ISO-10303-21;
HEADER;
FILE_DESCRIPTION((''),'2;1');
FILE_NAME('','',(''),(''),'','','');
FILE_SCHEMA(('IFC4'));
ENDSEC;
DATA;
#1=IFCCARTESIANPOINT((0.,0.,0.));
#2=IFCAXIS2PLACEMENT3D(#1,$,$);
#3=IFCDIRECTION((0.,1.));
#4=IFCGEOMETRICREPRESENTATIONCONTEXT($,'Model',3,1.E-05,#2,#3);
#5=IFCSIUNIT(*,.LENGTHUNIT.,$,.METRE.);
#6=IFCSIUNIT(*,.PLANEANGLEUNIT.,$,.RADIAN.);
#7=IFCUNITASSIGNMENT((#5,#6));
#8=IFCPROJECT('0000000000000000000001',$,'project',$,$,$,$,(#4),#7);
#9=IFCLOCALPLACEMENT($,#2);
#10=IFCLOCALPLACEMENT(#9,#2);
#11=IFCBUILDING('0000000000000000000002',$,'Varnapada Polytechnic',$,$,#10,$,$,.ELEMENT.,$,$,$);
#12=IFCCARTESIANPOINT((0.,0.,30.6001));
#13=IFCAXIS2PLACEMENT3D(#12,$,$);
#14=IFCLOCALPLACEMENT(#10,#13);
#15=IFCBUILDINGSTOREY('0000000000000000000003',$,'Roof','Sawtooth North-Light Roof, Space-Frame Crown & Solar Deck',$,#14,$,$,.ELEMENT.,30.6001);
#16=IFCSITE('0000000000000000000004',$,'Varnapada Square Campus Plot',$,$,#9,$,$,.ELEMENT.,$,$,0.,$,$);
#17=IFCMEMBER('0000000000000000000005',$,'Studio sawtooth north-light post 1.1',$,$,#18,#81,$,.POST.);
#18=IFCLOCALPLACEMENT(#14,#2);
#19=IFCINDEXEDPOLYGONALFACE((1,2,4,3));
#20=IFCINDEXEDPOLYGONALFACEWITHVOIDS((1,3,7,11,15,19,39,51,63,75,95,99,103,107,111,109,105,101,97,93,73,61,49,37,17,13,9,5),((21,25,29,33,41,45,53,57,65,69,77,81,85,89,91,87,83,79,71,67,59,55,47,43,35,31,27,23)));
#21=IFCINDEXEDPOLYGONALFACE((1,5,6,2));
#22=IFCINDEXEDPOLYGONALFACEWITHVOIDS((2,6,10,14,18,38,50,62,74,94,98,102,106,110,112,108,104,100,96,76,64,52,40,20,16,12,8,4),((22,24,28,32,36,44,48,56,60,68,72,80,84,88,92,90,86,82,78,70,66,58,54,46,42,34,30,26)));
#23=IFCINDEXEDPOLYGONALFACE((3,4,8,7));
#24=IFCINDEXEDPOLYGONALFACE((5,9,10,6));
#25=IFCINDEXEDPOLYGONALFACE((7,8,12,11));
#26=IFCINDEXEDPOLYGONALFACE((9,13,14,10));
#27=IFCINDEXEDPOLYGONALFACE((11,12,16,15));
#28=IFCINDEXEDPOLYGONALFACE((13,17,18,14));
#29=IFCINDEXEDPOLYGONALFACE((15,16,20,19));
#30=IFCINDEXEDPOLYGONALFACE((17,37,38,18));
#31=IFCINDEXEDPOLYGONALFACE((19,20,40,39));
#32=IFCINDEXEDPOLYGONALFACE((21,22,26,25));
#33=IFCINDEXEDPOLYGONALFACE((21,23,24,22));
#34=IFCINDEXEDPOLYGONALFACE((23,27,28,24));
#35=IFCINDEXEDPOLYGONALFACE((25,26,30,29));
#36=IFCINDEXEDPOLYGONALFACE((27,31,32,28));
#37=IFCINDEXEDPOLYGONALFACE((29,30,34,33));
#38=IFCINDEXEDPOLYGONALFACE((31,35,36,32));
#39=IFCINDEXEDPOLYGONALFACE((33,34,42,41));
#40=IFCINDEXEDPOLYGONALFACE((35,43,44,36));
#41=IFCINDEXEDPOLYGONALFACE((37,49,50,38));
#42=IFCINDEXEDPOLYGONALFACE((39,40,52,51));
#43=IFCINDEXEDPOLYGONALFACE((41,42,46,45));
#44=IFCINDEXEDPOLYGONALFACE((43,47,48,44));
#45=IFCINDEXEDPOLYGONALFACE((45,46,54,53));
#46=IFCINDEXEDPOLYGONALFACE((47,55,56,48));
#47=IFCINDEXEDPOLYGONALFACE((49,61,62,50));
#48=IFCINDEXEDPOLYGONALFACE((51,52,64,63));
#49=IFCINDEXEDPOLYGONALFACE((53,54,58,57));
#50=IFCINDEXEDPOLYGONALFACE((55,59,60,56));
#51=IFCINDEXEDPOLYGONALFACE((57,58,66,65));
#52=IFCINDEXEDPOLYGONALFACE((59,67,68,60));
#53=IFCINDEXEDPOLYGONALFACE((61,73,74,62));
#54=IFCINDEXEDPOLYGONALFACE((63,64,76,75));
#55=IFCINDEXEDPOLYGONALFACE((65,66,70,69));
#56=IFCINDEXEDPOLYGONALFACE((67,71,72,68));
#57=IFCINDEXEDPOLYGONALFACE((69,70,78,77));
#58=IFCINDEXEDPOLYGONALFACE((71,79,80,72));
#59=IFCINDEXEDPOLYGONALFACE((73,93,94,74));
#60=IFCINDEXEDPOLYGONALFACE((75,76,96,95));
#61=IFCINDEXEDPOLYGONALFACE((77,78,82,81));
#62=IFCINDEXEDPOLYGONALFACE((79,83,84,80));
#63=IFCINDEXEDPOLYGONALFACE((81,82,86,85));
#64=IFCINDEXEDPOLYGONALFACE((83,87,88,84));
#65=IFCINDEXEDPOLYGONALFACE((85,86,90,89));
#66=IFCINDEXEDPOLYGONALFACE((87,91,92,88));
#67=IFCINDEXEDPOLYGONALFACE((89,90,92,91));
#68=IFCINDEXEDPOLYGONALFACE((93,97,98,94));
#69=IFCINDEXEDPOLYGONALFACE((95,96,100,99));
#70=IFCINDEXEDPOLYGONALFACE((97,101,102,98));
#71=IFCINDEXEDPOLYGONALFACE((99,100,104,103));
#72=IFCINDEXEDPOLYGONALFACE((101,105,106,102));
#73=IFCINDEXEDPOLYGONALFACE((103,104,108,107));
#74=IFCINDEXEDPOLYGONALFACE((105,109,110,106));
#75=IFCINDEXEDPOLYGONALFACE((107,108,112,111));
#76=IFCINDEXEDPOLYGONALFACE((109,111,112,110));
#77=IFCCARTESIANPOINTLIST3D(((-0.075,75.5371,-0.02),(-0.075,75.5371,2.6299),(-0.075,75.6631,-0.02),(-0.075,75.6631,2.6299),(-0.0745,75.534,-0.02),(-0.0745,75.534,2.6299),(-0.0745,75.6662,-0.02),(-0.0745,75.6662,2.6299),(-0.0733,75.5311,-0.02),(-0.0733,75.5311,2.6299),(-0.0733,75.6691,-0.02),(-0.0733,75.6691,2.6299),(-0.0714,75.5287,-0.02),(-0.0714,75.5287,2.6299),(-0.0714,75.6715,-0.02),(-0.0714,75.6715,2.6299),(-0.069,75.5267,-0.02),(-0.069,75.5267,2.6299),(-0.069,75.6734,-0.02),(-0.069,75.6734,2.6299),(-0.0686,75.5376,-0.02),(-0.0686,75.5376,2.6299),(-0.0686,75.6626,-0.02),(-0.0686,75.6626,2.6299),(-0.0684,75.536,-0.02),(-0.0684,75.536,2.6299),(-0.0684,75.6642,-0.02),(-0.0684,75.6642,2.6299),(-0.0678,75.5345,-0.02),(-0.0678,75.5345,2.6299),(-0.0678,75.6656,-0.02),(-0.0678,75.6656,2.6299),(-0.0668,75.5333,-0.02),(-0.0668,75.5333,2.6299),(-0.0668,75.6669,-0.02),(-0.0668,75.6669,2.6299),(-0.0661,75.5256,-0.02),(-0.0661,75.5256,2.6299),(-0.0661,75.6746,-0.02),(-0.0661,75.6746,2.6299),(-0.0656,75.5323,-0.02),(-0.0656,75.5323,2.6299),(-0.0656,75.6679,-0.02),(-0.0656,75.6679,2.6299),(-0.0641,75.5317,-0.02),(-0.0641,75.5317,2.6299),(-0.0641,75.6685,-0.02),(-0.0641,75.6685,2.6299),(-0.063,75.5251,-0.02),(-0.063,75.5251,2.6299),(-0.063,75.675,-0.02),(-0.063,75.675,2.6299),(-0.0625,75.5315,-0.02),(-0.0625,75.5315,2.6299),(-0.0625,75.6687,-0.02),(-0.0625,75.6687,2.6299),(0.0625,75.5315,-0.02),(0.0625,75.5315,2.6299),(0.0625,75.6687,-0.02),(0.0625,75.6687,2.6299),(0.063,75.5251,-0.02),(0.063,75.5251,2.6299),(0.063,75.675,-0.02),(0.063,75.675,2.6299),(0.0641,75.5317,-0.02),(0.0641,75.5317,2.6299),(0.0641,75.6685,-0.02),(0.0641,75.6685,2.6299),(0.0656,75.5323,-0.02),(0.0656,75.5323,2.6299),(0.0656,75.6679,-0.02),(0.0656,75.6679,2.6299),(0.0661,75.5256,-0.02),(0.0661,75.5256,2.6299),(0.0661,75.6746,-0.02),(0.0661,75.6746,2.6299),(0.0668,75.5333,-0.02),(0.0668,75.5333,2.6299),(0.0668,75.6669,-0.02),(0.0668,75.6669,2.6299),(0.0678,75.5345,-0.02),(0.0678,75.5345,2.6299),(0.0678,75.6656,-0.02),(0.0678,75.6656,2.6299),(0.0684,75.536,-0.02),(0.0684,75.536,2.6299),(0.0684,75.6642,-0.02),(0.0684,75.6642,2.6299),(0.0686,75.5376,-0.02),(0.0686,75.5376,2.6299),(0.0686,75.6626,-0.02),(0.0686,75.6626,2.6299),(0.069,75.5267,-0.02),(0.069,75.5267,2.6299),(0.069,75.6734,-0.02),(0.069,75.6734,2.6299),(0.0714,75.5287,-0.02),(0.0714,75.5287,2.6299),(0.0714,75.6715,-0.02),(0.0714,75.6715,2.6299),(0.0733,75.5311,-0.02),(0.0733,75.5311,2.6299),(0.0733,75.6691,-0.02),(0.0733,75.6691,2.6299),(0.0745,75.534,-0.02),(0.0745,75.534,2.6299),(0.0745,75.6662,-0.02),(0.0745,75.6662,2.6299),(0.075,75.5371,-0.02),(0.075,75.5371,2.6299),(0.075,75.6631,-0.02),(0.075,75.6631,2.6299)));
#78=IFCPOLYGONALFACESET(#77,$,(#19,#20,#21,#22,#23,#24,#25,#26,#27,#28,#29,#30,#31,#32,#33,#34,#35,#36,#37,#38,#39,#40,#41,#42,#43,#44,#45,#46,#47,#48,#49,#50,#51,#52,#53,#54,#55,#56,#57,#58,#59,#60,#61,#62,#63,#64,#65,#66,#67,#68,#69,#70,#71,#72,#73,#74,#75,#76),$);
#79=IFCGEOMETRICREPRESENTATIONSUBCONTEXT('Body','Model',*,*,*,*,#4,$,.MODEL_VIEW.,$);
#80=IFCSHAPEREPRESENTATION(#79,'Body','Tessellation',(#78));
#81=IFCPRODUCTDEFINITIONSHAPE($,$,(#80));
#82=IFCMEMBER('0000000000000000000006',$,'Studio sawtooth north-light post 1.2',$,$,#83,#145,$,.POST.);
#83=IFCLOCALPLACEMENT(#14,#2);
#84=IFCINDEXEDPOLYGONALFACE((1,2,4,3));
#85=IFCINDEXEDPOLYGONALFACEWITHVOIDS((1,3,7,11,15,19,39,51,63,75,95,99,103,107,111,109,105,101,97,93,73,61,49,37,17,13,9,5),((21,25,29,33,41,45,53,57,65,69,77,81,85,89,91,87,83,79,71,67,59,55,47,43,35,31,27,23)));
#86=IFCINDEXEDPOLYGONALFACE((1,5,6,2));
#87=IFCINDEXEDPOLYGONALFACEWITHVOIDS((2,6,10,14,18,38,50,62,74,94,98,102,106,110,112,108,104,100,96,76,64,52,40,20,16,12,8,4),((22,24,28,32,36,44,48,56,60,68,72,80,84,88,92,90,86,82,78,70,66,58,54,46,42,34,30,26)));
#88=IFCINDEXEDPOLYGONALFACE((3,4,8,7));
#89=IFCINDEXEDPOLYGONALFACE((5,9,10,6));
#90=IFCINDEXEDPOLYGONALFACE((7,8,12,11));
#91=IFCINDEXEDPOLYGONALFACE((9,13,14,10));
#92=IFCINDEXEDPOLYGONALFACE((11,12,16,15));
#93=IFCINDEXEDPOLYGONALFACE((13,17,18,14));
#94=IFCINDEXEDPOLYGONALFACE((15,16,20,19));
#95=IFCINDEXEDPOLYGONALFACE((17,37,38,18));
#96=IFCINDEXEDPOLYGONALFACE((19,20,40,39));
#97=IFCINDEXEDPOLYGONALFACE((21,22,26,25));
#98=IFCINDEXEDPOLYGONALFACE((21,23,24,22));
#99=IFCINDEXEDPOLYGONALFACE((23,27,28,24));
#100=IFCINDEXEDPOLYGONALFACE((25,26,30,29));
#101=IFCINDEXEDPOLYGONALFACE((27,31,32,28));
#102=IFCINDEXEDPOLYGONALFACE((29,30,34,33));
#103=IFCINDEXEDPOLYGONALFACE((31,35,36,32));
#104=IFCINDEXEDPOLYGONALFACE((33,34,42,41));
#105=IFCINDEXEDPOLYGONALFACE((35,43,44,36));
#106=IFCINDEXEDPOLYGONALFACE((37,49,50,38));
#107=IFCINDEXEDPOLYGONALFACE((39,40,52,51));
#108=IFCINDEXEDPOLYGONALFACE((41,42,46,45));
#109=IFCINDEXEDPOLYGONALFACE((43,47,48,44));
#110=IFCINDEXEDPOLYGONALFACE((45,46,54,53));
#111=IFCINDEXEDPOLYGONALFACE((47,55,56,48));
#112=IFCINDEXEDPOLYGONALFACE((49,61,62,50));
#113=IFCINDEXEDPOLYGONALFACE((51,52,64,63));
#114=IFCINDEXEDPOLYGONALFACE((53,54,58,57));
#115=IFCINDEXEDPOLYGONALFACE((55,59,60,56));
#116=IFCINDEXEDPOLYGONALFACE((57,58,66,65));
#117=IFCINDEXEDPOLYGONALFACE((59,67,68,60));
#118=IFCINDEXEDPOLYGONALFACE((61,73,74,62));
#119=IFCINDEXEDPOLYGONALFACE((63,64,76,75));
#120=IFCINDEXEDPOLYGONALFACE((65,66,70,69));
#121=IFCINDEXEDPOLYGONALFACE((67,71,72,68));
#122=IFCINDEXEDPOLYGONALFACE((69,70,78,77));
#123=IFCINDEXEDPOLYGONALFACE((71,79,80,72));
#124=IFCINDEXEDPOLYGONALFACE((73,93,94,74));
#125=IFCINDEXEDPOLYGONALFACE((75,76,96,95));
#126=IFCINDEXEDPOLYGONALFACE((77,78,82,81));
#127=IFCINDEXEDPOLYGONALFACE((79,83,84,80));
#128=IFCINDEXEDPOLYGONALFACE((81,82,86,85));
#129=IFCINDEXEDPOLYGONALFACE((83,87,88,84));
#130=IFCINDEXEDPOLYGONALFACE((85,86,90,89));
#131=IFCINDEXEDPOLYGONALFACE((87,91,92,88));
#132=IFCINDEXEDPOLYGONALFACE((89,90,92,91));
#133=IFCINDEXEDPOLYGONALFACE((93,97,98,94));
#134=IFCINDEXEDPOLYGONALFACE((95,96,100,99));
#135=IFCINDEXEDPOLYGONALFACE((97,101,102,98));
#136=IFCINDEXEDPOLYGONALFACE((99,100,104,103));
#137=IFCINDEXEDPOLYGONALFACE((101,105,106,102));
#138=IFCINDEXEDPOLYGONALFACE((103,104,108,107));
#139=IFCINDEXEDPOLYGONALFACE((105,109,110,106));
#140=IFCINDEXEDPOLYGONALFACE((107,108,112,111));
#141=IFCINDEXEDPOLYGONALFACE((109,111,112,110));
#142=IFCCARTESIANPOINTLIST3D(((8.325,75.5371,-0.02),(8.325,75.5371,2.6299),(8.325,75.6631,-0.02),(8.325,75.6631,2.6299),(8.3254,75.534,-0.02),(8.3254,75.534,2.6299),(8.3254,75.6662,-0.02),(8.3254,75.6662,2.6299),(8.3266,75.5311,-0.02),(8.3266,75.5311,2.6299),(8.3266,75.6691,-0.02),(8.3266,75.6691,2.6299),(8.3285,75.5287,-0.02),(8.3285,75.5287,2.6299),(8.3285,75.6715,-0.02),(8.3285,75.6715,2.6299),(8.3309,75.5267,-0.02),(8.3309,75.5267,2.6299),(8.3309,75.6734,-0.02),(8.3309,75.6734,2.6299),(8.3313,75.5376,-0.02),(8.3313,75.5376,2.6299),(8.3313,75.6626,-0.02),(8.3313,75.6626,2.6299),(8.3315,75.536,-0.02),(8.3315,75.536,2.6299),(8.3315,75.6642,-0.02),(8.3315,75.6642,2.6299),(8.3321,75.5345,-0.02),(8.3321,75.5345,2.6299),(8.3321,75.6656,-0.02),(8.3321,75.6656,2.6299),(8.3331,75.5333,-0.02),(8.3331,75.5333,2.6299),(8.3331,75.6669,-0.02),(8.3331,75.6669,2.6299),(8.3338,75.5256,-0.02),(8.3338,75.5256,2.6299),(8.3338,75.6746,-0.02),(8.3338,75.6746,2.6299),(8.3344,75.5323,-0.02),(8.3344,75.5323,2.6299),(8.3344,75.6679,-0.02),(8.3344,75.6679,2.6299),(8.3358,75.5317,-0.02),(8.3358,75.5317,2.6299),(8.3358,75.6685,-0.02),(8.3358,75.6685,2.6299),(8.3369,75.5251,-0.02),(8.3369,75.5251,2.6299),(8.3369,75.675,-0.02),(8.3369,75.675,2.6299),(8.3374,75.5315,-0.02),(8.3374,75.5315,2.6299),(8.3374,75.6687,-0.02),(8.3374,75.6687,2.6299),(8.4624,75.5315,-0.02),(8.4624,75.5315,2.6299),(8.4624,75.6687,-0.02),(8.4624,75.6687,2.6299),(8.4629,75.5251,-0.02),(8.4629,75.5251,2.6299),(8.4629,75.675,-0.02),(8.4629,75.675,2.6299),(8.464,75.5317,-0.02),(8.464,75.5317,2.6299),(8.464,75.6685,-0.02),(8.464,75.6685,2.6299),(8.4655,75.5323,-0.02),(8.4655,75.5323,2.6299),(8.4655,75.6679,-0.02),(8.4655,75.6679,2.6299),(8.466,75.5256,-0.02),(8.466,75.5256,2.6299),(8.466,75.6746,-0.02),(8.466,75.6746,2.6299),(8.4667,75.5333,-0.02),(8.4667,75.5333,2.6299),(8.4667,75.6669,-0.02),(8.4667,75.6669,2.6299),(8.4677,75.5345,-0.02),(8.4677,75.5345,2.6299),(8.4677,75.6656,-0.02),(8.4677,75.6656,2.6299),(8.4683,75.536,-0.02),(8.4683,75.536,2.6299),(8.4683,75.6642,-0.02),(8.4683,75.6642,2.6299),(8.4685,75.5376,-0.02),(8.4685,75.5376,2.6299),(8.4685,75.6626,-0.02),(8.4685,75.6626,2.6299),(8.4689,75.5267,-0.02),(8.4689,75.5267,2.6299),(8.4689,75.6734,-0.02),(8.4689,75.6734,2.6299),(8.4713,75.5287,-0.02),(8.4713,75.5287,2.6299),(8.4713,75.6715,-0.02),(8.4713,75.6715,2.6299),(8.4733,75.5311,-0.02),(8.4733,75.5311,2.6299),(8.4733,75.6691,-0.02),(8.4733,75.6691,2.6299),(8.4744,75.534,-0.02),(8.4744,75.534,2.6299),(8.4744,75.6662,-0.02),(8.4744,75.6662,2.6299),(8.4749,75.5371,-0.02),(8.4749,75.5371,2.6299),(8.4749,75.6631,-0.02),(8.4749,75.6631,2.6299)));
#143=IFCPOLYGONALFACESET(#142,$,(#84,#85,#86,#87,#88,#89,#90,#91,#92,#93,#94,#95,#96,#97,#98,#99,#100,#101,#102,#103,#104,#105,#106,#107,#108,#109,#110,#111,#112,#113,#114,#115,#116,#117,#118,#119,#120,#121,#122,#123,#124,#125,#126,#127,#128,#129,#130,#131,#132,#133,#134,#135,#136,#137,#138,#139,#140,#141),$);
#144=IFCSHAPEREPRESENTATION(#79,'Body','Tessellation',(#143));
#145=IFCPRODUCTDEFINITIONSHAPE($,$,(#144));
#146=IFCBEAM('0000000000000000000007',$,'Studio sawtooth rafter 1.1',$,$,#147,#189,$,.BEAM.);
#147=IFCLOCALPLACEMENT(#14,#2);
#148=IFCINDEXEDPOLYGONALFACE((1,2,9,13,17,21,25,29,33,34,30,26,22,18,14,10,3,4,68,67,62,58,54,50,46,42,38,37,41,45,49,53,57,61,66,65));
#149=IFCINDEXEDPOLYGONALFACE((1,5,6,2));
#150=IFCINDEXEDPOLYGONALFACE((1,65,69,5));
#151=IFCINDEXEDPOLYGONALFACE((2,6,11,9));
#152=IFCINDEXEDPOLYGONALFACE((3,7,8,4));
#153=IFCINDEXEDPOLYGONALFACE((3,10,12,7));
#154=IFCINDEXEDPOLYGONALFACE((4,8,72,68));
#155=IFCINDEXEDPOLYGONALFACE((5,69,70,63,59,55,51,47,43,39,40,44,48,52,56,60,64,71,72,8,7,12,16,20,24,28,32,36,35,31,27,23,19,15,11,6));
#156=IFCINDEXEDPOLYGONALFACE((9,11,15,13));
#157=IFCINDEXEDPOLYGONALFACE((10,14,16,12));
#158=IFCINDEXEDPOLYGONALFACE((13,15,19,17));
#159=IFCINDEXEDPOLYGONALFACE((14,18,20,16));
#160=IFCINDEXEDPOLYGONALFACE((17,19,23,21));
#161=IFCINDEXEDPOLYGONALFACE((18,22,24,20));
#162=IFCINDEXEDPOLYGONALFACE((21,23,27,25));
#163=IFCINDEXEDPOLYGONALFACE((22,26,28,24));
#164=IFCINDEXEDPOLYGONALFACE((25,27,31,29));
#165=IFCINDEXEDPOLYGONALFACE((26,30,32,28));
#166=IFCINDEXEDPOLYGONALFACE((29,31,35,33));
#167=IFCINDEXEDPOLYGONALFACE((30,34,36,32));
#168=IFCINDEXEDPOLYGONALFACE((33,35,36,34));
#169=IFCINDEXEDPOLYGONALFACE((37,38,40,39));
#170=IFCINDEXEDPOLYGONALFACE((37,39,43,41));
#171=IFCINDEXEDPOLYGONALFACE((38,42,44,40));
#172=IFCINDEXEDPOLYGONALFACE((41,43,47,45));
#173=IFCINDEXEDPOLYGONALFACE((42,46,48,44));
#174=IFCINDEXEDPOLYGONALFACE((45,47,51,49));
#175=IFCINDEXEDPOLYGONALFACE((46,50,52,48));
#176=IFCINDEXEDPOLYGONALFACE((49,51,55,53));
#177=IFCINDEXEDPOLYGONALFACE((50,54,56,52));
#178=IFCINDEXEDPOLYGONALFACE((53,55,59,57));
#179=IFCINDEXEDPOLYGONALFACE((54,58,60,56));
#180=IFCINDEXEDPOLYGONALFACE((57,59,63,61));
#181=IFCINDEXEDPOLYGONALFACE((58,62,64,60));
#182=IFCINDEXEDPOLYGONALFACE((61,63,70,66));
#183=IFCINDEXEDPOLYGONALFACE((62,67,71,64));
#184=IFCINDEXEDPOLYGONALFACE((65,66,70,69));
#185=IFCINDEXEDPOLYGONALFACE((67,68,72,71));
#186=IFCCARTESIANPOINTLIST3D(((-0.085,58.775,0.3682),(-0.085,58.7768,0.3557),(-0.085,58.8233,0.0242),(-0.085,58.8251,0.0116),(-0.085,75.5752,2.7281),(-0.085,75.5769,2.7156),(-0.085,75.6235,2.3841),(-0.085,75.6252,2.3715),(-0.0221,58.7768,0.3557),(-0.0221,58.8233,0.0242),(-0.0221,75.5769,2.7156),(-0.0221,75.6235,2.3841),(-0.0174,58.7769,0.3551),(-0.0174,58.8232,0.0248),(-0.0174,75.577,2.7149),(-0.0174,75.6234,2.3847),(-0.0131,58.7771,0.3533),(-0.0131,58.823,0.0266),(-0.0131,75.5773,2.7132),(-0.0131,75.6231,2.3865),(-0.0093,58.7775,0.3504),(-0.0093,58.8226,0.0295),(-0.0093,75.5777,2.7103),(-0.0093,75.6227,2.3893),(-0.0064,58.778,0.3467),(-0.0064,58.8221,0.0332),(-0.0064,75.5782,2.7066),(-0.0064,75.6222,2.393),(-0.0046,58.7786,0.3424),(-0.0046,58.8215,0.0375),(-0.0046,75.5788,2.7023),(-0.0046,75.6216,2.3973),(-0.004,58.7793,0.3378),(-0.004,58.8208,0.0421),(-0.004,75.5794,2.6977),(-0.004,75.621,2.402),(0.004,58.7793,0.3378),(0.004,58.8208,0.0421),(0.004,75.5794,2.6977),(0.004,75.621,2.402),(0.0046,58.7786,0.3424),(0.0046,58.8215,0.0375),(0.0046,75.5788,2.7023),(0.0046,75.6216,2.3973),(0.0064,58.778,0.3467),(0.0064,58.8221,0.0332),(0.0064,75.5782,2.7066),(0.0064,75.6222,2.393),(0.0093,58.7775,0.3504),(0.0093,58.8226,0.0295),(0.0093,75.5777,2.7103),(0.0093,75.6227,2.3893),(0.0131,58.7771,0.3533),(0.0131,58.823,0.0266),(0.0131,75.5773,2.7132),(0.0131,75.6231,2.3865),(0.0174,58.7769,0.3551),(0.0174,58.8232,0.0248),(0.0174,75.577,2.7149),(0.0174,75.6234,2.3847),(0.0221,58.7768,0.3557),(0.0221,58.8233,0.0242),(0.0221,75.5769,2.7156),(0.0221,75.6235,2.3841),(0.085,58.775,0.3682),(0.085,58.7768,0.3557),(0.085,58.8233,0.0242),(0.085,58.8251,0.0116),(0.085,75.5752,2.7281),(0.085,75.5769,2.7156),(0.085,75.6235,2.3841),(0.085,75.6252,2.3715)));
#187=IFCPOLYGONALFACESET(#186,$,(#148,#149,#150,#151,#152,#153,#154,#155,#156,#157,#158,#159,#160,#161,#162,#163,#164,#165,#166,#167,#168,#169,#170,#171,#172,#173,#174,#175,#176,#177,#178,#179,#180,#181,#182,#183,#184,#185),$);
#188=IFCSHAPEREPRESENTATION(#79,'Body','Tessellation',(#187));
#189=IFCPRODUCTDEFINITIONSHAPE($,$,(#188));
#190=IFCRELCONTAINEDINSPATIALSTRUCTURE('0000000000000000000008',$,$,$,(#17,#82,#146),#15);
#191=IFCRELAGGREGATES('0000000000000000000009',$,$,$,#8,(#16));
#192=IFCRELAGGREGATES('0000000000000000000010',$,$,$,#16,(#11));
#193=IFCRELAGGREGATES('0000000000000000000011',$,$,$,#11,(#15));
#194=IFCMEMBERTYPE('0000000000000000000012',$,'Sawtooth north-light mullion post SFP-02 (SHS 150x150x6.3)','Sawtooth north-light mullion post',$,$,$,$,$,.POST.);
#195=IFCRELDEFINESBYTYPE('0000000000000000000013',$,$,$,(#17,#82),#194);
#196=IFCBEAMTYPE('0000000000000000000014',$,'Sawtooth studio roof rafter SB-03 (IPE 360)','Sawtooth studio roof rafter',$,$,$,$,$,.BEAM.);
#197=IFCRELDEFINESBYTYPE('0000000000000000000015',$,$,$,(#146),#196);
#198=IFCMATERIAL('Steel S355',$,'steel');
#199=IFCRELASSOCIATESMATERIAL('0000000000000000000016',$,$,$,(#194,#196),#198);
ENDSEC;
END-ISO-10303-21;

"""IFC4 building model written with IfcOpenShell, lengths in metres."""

from ifc_helpers import new_model, si_unit, direction, frame, origin, origin_2d, place, context, subcontext, project, spatial, hollow_rectangle, i_section, extrude, material, material_profile, profile_set, type_object, element, save


model = new_model("IFC4")

# Units and contexts
model_context = context("Model", 3, precision=1e-05, world=origin(), true_north=direction((0.0, 1.0)))
body_context = subcontext(model_context, "Body", "Model", "MODEL_VIEW")
ifc_project = project(units=[si_unit("LENGTHUNIT", "METRE"), si_unit("PLANEANGLEUNIT", "RADIAN")], contexts=[model_context])

# Site, building, storey
site_placement = place(None, origin())
site = spatial("IfcSite", under=ifc_project, at=site_placement, Name="Varnapada Square Campus Plot", CompositionType="ELEMENT", RefElevation=0.0)
building_placement = place(site_placement, origin())
building = spatial("IfcBuilding", under=site, at=building_placement, Name="Varnapada Polytechnic", CompositionType="ELEMENT")
storey_placement = place(building_placement, frame((0.0, 0.0, 30.6001)))
storey = spatial("IfcBuildingStorey", under=building, at=storey_placement, Name="Roof", Description="Sawtooth North-Light Roof, Space-Frame Crown & Solar Deck", CompositionType="ELEMENT", Elevation=30.6001)

# Members
ifc_material_1 = material(Name="Steel S355", Category="steel")
ifc_material_profile_1 = material_profile(ifc_material_1, hollow_rectangle(XDim=0.1499, YDim=0.1499, WallThickness=0.0063, InnerFilletRadius=0.0061, OuterFilletRadius=0.012, at=origin_2d()), Name="SHS 150x150x6.3")
ifc_profile_set_1 = profile_set([ifc_material_profile_1], Name="Steel S355")
member_type = type_object("IfcMemberType", Name="Sawtooth north-light mullion post SFP-02 (SHS 150x150x6.3)", Description="Sawtooth north-light mullion post", PredefinedType="POST", material=ifc_profile_set_1)
for number, where, z_axis, x_axis, name in (
    (1, (0.0, 75.6001, -0.02), (0.0, 0.0, 1.0), (1.0, 0.0, 0.0), "Studio sawtooth north-light post 1.1"),
    (2, (8.3999, 75.6001, -0.02), (0.0, 0.0, 1.0), (1.0, 0.0, 0.0), "Studio sawtooth north-light post 1.2"),
):
    element("IfcMember", number, at=place(storey_placement, frame(where, z_axis=z_axis, x_axis=x_axis)), inside=storey, type_object=member_type, Name=name, PredefinedType="POST", context=body_context, shape_type="SweptSolid", body=[
        extrude(hollow_rectangle(XDim=0.1499, YDim=0.1499, WallThickness=0.0063, InnerFilletRadius=0.0061, OuterFilletRadius=0.012, at=origin_2d()), origin(), (0.0, 0.0, 1.0), 2.6499),
    ])

# Beam
ifc_material_profile_2 = material_profile(ifc_material_1, i_section(OverallWidth=0.1699, OverallDepth=0.3601, WebThickness=0.0081, FlangeThickness=0.0127, FilletRadius=0.0181, at=origin_2d()), Name="IPE 360")
ifc_profile_set_2 = profile_set([ifc_material_profile_2], Name="Steel S355")
beam_type = type_object("IfcBeamType", Name="Sawtooth studio roof rafter SB-03 (IPE 360)", Description="Sawtooth studio roof rafter", PredefinedType="BEAM", material=ifc_profile_set_2)
for number, where, z_axis, x_axis, name in (
    (3, (0.0, 58.8, 0.1899), (0.0, 0.990278, 0.139102), (-1.0, 0.0, 0.0), "Studio sawtooth rafter 1.1"),
):
    element("IfcBeam", number, at=place(storey_placement, frame(where, z_axis=z_axis, x_axis=x_axis)), inside=storey, type_object=beam_type, Name=name, PredefinedType="BEAM", context=body_context, shape_type="SweptSolid", body=[
        extrude(i_section(OverallWidth=0.1699, OverallDepth=0.3601, WebThickness=0.0081, FlangeThickness=0.0127, FilletRadius=0.0181, at=origin_2d()), origin(), (0.0, 0.0, 1.0), 16.9651),
    ])

save(model, "model.ifc")
